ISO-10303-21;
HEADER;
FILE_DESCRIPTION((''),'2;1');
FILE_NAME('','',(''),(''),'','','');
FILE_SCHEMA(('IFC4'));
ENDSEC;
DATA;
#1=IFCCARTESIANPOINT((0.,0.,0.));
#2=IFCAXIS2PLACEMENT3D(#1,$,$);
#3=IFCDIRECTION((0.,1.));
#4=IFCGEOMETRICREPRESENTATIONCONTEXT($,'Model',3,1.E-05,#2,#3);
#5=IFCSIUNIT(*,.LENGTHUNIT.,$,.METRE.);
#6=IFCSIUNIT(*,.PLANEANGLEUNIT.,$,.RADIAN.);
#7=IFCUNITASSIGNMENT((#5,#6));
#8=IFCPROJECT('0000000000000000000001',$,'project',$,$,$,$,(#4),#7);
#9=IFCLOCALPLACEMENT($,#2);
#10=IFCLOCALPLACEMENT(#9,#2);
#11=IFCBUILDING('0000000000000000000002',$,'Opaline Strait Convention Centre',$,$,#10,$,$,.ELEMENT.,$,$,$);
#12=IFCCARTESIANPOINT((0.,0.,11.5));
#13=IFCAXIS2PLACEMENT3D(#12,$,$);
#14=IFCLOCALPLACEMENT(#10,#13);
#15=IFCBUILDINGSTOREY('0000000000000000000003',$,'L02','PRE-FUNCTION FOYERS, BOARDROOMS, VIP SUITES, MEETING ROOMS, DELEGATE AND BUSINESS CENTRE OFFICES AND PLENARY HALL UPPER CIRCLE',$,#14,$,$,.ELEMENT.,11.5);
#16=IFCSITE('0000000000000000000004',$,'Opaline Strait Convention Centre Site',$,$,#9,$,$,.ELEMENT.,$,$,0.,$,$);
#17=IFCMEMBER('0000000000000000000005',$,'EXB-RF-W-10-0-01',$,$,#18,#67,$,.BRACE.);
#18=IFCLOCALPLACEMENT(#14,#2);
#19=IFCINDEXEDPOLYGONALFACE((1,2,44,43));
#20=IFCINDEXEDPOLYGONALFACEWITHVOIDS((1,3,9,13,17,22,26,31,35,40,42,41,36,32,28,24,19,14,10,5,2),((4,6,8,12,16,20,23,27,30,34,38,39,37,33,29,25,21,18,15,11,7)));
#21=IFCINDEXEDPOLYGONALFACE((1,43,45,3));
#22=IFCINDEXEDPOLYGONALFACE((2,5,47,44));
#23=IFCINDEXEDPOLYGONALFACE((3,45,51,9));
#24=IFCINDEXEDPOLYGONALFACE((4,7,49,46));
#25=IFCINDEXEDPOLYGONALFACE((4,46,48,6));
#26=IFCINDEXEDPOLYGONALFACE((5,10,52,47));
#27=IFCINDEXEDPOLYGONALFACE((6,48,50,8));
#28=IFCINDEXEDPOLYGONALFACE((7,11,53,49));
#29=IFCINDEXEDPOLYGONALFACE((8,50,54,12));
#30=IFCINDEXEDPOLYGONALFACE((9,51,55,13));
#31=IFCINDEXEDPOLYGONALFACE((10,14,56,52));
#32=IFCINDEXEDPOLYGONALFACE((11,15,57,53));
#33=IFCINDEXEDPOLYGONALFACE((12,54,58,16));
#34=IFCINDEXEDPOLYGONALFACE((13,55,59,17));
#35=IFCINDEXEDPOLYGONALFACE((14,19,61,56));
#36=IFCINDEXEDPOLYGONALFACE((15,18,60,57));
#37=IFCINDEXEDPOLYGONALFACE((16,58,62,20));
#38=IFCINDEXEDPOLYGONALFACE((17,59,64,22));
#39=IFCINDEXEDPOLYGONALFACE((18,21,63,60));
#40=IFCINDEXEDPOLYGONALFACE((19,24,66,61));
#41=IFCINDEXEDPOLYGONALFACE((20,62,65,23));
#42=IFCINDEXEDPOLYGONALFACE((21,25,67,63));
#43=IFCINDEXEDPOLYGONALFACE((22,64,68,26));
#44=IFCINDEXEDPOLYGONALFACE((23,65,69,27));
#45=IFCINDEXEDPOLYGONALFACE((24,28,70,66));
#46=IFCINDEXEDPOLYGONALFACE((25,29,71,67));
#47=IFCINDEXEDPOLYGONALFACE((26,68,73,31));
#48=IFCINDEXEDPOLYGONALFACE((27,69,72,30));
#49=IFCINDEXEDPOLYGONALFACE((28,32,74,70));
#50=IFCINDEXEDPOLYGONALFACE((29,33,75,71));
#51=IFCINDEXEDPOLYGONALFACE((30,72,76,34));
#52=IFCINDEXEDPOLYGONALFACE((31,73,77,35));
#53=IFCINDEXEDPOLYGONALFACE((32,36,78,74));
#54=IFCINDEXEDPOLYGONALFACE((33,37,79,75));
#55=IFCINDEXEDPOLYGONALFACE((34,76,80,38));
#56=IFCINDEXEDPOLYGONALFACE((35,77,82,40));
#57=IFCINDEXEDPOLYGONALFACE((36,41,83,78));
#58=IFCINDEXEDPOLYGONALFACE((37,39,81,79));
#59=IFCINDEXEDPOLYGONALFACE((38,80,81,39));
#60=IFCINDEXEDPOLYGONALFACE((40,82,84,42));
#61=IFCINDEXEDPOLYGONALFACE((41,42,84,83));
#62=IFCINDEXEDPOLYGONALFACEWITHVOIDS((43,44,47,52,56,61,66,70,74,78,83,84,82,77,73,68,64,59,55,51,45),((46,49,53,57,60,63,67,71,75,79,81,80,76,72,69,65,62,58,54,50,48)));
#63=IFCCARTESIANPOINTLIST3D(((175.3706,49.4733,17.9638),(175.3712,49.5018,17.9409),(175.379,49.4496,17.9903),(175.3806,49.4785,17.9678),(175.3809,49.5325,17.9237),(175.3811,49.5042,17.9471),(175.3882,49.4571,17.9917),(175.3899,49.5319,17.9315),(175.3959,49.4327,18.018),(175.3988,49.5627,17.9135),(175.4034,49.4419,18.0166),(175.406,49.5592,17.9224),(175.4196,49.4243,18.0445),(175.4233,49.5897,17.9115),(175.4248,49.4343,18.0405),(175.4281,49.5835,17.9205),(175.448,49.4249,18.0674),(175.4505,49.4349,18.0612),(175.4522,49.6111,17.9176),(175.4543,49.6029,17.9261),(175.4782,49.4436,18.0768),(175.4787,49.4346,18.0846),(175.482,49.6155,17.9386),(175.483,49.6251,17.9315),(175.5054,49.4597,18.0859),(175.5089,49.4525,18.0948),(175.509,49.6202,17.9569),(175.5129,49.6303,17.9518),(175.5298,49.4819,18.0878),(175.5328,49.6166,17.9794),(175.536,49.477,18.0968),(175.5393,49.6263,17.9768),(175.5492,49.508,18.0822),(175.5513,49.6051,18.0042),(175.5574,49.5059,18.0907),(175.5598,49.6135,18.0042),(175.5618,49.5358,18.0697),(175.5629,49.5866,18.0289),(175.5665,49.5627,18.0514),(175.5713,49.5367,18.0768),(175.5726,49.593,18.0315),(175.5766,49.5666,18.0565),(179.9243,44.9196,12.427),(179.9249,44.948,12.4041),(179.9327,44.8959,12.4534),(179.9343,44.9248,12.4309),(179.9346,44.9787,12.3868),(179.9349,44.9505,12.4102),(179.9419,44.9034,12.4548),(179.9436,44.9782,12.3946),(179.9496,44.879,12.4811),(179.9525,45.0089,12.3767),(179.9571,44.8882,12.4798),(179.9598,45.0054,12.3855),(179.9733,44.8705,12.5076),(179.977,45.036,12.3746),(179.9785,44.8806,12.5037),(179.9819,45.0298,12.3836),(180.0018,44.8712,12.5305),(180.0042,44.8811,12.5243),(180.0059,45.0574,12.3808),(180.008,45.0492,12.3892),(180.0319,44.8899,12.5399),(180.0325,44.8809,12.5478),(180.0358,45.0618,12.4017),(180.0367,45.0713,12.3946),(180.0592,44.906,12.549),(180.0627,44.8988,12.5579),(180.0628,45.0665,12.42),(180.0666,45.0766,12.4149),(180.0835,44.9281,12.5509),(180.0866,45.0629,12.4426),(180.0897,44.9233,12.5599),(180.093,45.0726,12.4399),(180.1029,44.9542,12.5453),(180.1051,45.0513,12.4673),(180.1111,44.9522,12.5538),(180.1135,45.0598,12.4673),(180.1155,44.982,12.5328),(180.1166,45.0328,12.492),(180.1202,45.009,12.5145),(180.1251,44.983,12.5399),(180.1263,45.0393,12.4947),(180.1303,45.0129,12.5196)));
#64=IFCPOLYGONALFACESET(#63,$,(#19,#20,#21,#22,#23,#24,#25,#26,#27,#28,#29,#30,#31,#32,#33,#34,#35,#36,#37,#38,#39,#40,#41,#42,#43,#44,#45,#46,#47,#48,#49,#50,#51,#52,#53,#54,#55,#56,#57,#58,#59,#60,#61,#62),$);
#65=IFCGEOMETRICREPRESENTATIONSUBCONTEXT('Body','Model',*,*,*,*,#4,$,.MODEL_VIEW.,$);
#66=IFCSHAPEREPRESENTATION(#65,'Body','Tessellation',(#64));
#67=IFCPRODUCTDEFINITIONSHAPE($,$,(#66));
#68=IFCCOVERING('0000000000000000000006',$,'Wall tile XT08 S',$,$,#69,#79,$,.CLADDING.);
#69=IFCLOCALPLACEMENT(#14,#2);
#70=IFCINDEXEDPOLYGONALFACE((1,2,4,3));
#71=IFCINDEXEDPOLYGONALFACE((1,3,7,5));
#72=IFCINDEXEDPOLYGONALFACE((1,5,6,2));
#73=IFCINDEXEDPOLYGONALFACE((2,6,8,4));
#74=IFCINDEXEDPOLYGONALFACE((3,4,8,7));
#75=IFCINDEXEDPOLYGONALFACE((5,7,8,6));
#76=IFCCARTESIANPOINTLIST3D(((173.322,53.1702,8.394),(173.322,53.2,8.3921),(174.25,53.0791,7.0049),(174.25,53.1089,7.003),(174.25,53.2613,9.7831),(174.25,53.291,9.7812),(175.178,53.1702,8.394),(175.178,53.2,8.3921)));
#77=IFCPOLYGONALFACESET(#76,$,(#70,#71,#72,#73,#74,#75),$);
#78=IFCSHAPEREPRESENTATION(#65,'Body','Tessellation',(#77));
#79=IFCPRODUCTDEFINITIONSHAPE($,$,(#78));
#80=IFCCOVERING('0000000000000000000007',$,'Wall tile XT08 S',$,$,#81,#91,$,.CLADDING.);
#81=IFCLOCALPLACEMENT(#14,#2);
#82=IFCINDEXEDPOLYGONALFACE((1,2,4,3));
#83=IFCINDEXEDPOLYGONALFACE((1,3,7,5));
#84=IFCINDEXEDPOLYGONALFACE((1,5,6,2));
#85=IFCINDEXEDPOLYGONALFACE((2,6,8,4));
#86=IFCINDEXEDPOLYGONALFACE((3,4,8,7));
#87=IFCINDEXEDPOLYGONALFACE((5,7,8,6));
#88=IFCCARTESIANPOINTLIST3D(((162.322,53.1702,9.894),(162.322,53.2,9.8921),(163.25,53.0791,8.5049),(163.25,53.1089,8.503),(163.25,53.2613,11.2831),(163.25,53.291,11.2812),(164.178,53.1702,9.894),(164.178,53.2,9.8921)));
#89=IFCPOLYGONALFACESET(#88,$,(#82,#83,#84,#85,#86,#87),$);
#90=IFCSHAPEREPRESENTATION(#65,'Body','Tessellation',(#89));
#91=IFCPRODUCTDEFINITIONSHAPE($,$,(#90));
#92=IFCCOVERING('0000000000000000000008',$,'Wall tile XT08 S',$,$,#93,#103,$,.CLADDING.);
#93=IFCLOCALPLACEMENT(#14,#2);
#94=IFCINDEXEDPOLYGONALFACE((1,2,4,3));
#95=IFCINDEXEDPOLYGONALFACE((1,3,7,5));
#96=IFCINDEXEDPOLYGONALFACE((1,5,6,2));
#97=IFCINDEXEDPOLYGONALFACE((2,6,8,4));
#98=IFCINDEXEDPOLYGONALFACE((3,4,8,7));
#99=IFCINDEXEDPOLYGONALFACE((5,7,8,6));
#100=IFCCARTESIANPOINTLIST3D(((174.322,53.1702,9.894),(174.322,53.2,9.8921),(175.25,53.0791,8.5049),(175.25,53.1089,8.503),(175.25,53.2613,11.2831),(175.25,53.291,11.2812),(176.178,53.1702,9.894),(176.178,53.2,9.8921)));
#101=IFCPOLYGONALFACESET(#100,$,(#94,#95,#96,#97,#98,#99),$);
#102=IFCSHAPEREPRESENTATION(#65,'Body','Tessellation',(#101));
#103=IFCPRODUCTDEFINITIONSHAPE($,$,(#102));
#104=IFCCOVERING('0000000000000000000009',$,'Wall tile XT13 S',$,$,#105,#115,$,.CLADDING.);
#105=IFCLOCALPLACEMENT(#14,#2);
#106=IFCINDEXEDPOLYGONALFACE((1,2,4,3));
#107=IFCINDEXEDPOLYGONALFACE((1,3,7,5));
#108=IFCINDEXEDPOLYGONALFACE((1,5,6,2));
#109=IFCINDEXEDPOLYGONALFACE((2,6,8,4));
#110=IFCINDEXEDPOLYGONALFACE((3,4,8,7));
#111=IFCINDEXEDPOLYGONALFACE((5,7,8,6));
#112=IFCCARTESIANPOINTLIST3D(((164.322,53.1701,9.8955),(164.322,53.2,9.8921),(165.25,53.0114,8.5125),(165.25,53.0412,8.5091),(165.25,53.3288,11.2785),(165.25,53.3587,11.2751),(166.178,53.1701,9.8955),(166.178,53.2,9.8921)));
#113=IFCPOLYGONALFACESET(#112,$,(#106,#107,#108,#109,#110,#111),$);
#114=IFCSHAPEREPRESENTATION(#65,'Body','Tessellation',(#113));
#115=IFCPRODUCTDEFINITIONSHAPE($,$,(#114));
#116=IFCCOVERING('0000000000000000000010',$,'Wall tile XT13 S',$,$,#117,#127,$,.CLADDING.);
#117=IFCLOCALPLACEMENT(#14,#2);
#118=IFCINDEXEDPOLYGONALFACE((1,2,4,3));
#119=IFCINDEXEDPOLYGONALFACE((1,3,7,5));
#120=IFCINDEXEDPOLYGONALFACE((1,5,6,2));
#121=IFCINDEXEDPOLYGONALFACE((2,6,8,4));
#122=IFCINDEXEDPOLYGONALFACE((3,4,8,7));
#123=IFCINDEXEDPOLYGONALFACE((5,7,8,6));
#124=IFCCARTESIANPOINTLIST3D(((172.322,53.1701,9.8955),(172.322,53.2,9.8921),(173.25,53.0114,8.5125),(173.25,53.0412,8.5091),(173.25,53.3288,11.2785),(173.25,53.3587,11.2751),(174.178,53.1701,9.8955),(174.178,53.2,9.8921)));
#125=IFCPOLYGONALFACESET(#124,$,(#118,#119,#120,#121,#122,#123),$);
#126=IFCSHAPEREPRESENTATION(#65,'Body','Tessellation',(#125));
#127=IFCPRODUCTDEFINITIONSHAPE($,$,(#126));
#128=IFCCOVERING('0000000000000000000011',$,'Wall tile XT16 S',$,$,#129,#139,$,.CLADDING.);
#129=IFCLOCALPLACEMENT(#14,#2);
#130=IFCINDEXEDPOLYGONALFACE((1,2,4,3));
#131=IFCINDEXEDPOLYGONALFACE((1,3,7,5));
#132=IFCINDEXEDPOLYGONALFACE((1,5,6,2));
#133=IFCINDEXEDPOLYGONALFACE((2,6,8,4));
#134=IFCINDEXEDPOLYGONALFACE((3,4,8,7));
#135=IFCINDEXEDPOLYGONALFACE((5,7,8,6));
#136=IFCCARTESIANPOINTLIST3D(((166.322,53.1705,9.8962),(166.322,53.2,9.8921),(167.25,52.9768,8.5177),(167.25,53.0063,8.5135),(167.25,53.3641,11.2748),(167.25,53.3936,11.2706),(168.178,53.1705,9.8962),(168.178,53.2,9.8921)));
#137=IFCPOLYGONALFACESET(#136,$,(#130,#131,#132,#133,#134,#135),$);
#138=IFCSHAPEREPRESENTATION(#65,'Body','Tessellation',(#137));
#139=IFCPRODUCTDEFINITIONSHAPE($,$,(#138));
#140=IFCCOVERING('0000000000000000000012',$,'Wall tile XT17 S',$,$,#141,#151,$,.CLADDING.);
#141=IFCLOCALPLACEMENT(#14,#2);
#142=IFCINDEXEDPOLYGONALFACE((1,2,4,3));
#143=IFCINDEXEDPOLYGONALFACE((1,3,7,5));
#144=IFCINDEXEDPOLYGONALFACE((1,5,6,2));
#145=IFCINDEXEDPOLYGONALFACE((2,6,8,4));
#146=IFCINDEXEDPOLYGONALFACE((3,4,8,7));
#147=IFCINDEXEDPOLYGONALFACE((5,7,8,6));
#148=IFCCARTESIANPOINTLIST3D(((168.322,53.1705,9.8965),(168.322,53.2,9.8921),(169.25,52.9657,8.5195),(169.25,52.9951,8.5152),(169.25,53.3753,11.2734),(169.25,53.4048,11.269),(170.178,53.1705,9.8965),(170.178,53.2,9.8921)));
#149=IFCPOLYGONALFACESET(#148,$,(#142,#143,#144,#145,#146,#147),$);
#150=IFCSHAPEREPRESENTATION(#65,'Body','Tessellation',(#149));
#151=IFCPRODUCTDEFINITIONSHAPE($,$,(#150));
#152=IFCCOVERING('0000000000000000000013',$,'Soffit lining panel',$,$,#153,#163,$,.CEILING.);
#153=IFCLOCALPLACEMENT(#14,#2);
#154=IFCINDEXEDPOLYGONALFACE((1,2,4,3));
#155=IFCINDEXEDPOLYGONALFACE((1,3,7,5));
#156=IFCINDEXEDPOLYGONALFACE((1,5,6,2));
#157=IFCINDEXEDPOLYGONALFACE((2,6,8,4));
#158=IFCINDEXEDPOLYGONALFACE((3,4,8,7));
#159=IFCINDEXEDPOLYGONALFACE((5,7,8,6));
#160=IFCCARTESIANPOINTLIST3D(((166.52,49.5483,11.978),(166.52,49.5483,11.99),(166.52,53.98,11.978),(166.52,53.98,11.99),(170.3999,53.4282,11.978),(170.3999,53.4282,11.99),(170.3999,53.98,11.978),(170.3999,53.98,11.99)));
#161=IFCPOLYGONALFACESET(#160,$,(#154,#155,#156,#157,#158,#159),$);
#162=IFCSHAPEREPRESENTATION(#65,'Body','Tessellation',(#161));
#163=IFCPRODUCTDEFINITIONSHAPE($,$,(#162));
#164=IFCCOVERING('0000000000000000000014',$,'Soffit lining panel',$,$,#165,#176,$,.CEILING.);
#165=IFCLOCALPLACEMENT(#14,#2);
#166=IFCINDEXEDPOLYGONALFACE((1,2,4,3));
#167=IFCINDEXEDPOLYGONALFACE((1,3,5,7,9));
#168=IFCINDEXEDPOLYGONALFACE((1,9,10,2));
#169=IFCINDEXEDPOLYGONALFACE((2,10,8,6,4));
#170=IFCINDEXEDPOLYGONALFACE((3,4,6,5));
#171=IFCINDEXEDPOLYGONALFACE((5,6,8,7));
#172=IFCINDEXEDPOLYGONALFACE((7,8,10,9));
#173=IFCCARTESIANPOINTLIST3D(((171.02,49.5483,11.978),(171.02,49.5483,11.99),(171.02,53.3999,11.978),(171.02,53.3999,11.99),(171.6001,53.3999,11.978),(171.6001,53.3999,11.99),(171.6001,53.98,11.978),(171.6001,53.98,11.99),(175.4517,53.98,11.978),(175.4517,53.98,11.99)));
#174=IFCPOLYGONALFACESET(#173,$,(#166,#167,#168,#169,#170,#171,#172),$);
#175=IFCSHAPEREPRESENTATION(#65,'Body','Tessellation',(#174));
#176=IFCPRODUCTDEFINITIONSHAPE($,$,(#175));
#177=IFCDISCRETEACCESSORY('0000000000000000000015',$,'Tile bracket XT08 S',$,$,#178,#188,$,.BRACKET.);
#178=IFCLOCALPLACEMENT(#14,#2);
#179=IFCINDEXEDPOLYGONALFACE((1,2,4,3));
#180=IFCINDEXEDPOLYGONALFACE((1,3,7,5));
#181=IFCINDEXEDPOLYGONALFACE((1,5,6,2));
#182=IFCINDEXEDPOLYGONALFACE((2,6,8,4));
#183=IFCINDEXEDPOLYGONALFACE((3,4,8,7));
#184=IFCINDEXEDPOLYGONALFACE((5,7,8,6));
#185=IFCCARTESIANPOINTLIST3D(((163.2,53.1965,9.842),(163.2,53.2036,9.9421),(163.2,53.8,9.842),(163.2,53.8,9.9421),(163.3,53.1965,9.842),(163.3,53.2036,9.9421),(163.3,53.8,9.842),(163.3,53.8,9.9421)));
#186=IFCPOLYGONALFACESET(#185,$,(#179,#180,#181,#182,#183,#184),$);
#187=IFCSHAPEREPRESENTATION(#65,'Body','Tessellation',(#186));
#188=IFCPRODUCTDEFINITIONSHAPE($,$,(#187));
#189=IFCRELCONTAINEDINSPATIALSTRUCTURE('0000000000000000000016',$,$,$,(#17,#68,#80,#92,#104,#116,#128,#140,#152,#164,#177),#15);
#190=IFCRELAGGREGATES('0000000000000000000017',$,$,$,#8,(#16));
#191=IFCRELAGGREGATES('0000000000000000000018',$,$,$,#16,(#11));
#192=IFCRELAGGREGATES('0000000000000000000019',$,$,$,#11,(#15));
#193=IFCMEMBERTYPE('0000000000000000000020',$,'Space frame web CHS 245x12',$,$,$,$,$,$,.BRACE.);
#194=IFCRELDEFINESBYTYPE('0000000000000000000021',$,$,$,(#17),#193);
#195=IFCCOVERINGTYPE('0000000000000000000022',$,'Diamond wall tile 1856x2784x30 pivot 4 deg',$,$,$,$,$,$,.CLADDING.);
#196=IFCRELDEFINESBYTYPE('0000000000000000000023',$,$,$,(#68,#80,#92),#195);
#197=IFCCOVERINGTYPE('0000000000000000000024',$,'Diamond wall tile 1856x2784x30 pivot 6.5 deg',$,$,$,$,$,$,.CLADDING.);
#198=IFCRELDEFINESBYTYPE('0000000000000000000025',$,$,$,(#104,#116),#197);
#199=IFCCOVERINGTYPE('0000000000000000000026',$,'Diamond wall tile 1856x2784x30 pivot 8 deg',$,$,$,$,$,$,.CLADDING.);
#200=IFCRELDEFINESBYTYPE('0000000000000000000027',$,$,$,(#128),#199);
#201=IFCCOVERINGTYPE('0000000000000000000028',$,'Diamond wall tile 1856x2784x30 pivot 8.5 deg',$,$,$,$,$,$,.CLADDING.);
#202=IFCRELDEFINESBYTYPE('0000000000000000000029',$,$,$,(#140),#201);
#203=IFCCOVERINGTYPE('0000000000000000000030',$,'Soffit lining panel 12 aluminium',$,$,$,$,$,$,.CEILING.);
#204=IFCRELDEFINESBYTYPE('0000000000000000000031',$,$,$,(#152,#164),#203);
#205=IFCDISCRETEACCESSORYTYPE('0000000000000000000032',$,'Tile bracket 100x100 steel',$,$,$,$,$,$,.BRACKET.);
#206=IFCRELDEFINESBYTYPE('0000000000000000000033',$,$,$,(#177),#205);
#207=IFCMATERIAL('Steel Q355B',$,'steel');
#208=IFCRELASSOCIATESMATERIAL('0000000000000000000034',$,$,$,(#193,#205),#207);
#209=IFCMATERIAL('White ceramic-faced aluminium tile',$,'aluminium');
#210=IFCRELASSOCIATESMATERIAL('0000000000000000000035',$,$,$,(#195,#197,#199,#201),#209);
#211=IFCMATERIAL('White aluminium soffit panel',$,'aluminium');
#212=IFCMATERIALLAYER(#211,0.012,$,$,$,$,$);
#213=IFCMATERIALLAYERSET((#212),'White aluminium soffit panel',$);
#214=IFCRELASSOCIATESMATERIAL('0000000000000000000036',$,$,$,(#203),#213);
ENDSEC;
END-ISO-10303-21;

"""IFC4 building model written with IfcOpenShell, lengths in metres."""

from ifc_helpers import new_model, si_unit, direction, frame, origin, origin_2d, place, context, subcontext, project, spatial, polyline, hollow_circle, outline, extrude, material, layer, layer_set, material_profile, profile_set, type_object, element, save


model = new_model("IFC4")

# Units and contexts
model_context = context("Model", 3, precision=1e-05, world=origin(), true_north=direction((0.0, 1.0)))
body_context = subcontext(model_context, "Body", "Model", "MODEL_VIEW")
ifc_project = project(units=[si_unit("LENGTHUNIT", "METRE"), si_unit("PLANEANGLEUNIT", "RADIAN")], contexts=[model_context])

# Site, building, storey
site_placement = place(None, origin())
site = spatial("IfcSite", under=ifc_project, at=site_placement, Name="Opaline Strait Convention Centre Site", CompositionType="ELEMENT", RefElevation=0.0)
building_placement = place(site_placement, origin())
building = spatial("IfcBuilding", under=site, at=building_placement, Name="Opaline Strait Convention Centre", CompositionType="ELEMENT")
storey_placement = place(building_placement, frame((0.0, 0.0, 11.5)))
storey = spatial("IfcBuildingStorey", under=building, at=storey_placement, Name="L02", Description="PRE-FUNCTION FOYERS, BOARDROOMS, VIP SUITES, MEETING ROOMS, DELEGATE AND BUSINESS CENTRE OFFICES AND PLENARY HALL UPPER CIRCLE", CompositionType="ELEMENT", Elevation=11.5)

# Member
ifc_material_1 = material(Name="Steel Q355B", Category="steel")
ifc_material_profile_1 = material_profile(ifc_material_1, hollow_circle(Radius=0.1226, WallThickness=0.012, at=origin_2d()), Name="CHS 245x12")
ifc_profile_set_1 = profile_set([ifc_material_profile_1], Name="Steel Q355B")
member_type_1 = type_object("IfcMemberType", Name="Space frame web CHS 245x12", PredefinedType="BRACE", material=ifc_profile_set_1)
for number, where, z_axis, x_axis, name in (
    (1, (175.4731, 49.5269, 18.0042), (0.536178, -0.536178, -0.65194), (0.707107, 0.707107, 0.0), "EXB-RF-W-10-0-01"),
):
    element("IfcMember", number, at=place(storey_placement, frame(where, z_axis=z_axis, x_axis=x_axis)), inside=storey, type_object=member_type_1, Name=name, PredefinedType="BRACE", context=body_context, shape_type="SweptSolid", body=[
        extrude(hollow_circle(Radius=0.1226, WallThickness=0.012, at=origin_2d()), origin(), (0.0, 0.0, 1.0), 8.4929),
    ])

# Coverings
ifc_material_2 = material(Name="White ceramic-faced aluminium tile", Category="aluminium")
ifc_material_profile_2 = material_profile(ifc_material_2, outline(polyline([(0.928, 0.0), (0.0, 1.3921), (-0.928, 0.0), (0.0, -1.3921), (0.928, 0.0)])), Name="Diamond tile 1856x2784")
ifc_profile_set_2 = profile_set([ifc_material_profile_2], Name="White ceramic-faced aluminium tile")
covering_type_1 = type_object("IfcCoveringType", Name="Diamond wall tile 1856x2784x30 pivot 4 deg", PredefinedType="CLADDING", material=ifc_profile_set_2)
for number, where, z_axis, x_axis, name in (
    (2, (174.25, 53.2, 8.3921), (0.0, -0.997857, 0.065433), (1.0, 0.0, 0.0), "Wall tile XT08 S"),
    (3, (163.25, 53.2, 9.8921), (0.0, -0.997857, 0.065433), (1.0, 0.0, 0.0), "Wall tile XT08 S"),
    (4, (175.25, 53.2, 9.8921), (0.0, -0.997857, 0.065433), (1.0, 0.0, 0.0), "Wall tile XT08 S"),
):
    element("IfcCovering", number, at=place(storey_placement, frame(where, z_axis=z_axis, x_axis=x_axis)), inside=storey, type_object=covering_type_1, Name=name, PredefinedType="CLADDING", context=body_context, shape_type="SweptSolid", body=[
        extrude(outline(polyline([(0.928, 0.0), (0.0, 1.3921), (-0.928, 0.0), (0.0, -1.3921), (0.928, 0.0)])), origin(), (0.0, 0.0, 1.0), 0.0298),
    ])
ifc_material_profile_3 = material_profile(ifc_material_2, outline(polyline([(0.928, 0.0), (0.0, 1.3921), (-0.928, 0.0), (0.0, -1.3921), (0.928, 0.0)])), Name="Diamond tile 1856x2784")
ifc_profile_set_3 = profile_set([ifc_material_profile_3], Name="White ceramic-faced aluminium tile")
covering_type_2 = type_object("IfcCoveringType", Name="Diamond wall tile 1856x2784x30 pivot 6.5 deg", PredefinedType="CLADDING", material=ifc_profile_set_3)
for number, where, z_axis, x_axis, name in (
    (5, (165.25, 53.2, 9.8921), (0.0, -0.99348, 0.114006), (1.0, 0.0, 0.0), "Wall tile XT13 S"),
    (6, (173.25, 53.2, 9.8921), (0.0, -0.99348, 0.114006), (1.0, 0.0, 0.0), "Wall tile XT13 S"),
):
    element("IfcCovering", number, at=place(storey_placement, frame(where, z_axis=z_axis, x_axis=x_axis)), inside=storey, type_object=covering_type_2, Name=name, PredefinedType="CLADDING", context=body_context, shape_type="SweptSolid", body=[
        extrude(outline(polyline([(0.928, 0.0), (0.0, 1.3921), (-0.928, 0.0), (0.0, -1.3921), (0.928, 0.0)])), origin(), (0.0, 0.0, 1.0), 0.03),
    ])
ifc_material_profile_4 = material_profile(ifc_material_2, outline(polyline([(0.928, 0.0), (0.0, 1.3921), (-0.928, 0.0), (0.0, -1.3921), (0.928, 0.0)])), Name="Diamond tile 1856x2784")
ifc_profile_set_4 = profile_set([ifc_material_profile_4], Name="White ceramic-faced aluminium tile")
covering_type_3 = type_object("IfcCoveringType", Name="Diamond wall tile 1856x2784x30 pivot 8 deg", PredefinedType="CLADDING", material=ifc_profile_set_4)
covering_1_placement = place(storey_placement, frame((167.25, 53.2, 9.8921), z_axis=(0.0, -0.990274, 0.139129), x_axis=(1.0, 0.0, 0.0)))
element("IfcCovering", 7, at=covering_1_placement, inside=storey, type_object=covering_type_3, Name="Wall tile XT16 S", PredefinedType="CLADDING", context=body_context, shape_type="SweptSolid", body=[
    extrude(outline(polyline([(0.928, 0.0), (0.0, 1.3921), (-0.928, 0.0), (0.0, -1.3921), (0.928, 0.0)])), origin(), (0.0, 0.0, 1.0), 0.0298),
])
ifc_material_profile_5 = material_profile(ifc_material_2, outline(polyline([(0.928, 0.0), (0.0, 1.3921), (-0.928, 0.0), (0.0, -1.3921), (0.928, 0.0)])), Name="Diamond tile 1856x2784")
ifc_profile_set_5 = profile_set([ifc_material_profile_5], Name="White ceramic-faced aluminium tile")
covering_type_4 = type_object("IfcCoveringType", Name="Diamond wall tile 1856x2784x30 pivot 8.5 deg", PredefinedType="CLADDING", material=ifc_profile_set_5)
covering_2_placement = place(storey_placement, frame((169.25, 53.2, 9.8921), z_axis=(0.0, -0.989116, 0.147141), x_axis=(1.0, 0.0, 0.0)))
element("IfcCovering", 8, at=covering_2_placement, inside=storey, type_object=covering_type_4, Name="Wall tile XT17 S", PredefinedType="CLADDING", context=body_context, shape_type="SweptSolid", body=[
    extrude(outline(polyline([(0.928, 0.0), (0.0, 1.3921), (-0.928, 0.0), (0.0, -1.3921), (0.928, 0.0)])), origin(), (0.0, 0.0, 1.0), 0.0298),
])
ifc_material_3 = material(Name="White aluminium soffit panel", Category="aluminium")
ifc_layer = layer(ifc_material_3, 0.012)
ifc_layer_set = layer_set([ifc_layer], Name="White aluminium soffit panel")
covering_type_5 = type_object("IfcCoveringType", Name="Soffit lining panel 12 aluminium", PredefinedType="CEILING", material=ifc_layer_set)
covering_3_placement = place(storey_placement, frame((170.3999, 53.98, 11.99), z_axis=(0.0, 0.0, 1.0), x_axis=(0.0, -1.0, 0.0)))
element("IfcCovering", 9, at=covering_3_placement, inside=storey, type_object=covering_type_5, Name="Soffit lining panel", PredefinedType="CEILING", context=body_context, shape_type="SweptSolid", body=[
    extrude(outline(polyline([(0.0, 0.0), (0.5518, 0.0), (4.4316, -3.8799), (0.0, -3.8799), (0.0, 0.0)])), origin(), (0.0, 0.0, -1.0), 0.012),
])
covering_4_placement = place(storey_placement, frame((171.02, 49.5483, 11.99), z_axis=(0.0, 0.0, 1.0), x_axis=(0.0, 1.0, 0.0)))
element("IfcCovering", 10, at=covering_4_placement, inside=storey, type_object=covering_type_5, Name="Soffit lining panel", PredefinedType="CEILING", context=body_context, shape_type="SweptSolid", body=[
    extrude(outline(polyline([(0.0, 0.0), (3.8516, 0.0), (3.8516, -0.5801), (4.4316, -0.5801), (4.4316, -4.4316), (0.0, 0.0)])), origin(), (0.0, 0.0, -1.0), 0.012),
])

# Discrete accessory
discrete_accessory_type = type_object("IfcDiscreteAccessoryType", Name="Tile bracket 100x100 steel", PredefinedType="BRACKET", material=ifc_material_1)
discrete_accessory_1_placement = place(storey_placement, frame((163.2, 53.8, 9.8921), z_axis=(1.0, 0.0, 0.0), x_axis=(0.0, 1.0, 0.0)))
element("IfcDiscreteAccessory", 11, at=discrete_accessory_1_placement, inside=storey, type_object=discrete_accessory_type, Name="Tile bracket XT08 S", PredefinedType="BRACKET", context=body_context, shape_type="SweptSolid", body=[
    extrude(outline(polyline([(0.0, -0.05), (0.0, 0.05), (-0.5964, 0.05), (-0.6035, -0.05), (0.0, -0.05)])), origin(), (0.0, 0.0, 1.0), 0.1001),
])

save(model, "model.ifc")
